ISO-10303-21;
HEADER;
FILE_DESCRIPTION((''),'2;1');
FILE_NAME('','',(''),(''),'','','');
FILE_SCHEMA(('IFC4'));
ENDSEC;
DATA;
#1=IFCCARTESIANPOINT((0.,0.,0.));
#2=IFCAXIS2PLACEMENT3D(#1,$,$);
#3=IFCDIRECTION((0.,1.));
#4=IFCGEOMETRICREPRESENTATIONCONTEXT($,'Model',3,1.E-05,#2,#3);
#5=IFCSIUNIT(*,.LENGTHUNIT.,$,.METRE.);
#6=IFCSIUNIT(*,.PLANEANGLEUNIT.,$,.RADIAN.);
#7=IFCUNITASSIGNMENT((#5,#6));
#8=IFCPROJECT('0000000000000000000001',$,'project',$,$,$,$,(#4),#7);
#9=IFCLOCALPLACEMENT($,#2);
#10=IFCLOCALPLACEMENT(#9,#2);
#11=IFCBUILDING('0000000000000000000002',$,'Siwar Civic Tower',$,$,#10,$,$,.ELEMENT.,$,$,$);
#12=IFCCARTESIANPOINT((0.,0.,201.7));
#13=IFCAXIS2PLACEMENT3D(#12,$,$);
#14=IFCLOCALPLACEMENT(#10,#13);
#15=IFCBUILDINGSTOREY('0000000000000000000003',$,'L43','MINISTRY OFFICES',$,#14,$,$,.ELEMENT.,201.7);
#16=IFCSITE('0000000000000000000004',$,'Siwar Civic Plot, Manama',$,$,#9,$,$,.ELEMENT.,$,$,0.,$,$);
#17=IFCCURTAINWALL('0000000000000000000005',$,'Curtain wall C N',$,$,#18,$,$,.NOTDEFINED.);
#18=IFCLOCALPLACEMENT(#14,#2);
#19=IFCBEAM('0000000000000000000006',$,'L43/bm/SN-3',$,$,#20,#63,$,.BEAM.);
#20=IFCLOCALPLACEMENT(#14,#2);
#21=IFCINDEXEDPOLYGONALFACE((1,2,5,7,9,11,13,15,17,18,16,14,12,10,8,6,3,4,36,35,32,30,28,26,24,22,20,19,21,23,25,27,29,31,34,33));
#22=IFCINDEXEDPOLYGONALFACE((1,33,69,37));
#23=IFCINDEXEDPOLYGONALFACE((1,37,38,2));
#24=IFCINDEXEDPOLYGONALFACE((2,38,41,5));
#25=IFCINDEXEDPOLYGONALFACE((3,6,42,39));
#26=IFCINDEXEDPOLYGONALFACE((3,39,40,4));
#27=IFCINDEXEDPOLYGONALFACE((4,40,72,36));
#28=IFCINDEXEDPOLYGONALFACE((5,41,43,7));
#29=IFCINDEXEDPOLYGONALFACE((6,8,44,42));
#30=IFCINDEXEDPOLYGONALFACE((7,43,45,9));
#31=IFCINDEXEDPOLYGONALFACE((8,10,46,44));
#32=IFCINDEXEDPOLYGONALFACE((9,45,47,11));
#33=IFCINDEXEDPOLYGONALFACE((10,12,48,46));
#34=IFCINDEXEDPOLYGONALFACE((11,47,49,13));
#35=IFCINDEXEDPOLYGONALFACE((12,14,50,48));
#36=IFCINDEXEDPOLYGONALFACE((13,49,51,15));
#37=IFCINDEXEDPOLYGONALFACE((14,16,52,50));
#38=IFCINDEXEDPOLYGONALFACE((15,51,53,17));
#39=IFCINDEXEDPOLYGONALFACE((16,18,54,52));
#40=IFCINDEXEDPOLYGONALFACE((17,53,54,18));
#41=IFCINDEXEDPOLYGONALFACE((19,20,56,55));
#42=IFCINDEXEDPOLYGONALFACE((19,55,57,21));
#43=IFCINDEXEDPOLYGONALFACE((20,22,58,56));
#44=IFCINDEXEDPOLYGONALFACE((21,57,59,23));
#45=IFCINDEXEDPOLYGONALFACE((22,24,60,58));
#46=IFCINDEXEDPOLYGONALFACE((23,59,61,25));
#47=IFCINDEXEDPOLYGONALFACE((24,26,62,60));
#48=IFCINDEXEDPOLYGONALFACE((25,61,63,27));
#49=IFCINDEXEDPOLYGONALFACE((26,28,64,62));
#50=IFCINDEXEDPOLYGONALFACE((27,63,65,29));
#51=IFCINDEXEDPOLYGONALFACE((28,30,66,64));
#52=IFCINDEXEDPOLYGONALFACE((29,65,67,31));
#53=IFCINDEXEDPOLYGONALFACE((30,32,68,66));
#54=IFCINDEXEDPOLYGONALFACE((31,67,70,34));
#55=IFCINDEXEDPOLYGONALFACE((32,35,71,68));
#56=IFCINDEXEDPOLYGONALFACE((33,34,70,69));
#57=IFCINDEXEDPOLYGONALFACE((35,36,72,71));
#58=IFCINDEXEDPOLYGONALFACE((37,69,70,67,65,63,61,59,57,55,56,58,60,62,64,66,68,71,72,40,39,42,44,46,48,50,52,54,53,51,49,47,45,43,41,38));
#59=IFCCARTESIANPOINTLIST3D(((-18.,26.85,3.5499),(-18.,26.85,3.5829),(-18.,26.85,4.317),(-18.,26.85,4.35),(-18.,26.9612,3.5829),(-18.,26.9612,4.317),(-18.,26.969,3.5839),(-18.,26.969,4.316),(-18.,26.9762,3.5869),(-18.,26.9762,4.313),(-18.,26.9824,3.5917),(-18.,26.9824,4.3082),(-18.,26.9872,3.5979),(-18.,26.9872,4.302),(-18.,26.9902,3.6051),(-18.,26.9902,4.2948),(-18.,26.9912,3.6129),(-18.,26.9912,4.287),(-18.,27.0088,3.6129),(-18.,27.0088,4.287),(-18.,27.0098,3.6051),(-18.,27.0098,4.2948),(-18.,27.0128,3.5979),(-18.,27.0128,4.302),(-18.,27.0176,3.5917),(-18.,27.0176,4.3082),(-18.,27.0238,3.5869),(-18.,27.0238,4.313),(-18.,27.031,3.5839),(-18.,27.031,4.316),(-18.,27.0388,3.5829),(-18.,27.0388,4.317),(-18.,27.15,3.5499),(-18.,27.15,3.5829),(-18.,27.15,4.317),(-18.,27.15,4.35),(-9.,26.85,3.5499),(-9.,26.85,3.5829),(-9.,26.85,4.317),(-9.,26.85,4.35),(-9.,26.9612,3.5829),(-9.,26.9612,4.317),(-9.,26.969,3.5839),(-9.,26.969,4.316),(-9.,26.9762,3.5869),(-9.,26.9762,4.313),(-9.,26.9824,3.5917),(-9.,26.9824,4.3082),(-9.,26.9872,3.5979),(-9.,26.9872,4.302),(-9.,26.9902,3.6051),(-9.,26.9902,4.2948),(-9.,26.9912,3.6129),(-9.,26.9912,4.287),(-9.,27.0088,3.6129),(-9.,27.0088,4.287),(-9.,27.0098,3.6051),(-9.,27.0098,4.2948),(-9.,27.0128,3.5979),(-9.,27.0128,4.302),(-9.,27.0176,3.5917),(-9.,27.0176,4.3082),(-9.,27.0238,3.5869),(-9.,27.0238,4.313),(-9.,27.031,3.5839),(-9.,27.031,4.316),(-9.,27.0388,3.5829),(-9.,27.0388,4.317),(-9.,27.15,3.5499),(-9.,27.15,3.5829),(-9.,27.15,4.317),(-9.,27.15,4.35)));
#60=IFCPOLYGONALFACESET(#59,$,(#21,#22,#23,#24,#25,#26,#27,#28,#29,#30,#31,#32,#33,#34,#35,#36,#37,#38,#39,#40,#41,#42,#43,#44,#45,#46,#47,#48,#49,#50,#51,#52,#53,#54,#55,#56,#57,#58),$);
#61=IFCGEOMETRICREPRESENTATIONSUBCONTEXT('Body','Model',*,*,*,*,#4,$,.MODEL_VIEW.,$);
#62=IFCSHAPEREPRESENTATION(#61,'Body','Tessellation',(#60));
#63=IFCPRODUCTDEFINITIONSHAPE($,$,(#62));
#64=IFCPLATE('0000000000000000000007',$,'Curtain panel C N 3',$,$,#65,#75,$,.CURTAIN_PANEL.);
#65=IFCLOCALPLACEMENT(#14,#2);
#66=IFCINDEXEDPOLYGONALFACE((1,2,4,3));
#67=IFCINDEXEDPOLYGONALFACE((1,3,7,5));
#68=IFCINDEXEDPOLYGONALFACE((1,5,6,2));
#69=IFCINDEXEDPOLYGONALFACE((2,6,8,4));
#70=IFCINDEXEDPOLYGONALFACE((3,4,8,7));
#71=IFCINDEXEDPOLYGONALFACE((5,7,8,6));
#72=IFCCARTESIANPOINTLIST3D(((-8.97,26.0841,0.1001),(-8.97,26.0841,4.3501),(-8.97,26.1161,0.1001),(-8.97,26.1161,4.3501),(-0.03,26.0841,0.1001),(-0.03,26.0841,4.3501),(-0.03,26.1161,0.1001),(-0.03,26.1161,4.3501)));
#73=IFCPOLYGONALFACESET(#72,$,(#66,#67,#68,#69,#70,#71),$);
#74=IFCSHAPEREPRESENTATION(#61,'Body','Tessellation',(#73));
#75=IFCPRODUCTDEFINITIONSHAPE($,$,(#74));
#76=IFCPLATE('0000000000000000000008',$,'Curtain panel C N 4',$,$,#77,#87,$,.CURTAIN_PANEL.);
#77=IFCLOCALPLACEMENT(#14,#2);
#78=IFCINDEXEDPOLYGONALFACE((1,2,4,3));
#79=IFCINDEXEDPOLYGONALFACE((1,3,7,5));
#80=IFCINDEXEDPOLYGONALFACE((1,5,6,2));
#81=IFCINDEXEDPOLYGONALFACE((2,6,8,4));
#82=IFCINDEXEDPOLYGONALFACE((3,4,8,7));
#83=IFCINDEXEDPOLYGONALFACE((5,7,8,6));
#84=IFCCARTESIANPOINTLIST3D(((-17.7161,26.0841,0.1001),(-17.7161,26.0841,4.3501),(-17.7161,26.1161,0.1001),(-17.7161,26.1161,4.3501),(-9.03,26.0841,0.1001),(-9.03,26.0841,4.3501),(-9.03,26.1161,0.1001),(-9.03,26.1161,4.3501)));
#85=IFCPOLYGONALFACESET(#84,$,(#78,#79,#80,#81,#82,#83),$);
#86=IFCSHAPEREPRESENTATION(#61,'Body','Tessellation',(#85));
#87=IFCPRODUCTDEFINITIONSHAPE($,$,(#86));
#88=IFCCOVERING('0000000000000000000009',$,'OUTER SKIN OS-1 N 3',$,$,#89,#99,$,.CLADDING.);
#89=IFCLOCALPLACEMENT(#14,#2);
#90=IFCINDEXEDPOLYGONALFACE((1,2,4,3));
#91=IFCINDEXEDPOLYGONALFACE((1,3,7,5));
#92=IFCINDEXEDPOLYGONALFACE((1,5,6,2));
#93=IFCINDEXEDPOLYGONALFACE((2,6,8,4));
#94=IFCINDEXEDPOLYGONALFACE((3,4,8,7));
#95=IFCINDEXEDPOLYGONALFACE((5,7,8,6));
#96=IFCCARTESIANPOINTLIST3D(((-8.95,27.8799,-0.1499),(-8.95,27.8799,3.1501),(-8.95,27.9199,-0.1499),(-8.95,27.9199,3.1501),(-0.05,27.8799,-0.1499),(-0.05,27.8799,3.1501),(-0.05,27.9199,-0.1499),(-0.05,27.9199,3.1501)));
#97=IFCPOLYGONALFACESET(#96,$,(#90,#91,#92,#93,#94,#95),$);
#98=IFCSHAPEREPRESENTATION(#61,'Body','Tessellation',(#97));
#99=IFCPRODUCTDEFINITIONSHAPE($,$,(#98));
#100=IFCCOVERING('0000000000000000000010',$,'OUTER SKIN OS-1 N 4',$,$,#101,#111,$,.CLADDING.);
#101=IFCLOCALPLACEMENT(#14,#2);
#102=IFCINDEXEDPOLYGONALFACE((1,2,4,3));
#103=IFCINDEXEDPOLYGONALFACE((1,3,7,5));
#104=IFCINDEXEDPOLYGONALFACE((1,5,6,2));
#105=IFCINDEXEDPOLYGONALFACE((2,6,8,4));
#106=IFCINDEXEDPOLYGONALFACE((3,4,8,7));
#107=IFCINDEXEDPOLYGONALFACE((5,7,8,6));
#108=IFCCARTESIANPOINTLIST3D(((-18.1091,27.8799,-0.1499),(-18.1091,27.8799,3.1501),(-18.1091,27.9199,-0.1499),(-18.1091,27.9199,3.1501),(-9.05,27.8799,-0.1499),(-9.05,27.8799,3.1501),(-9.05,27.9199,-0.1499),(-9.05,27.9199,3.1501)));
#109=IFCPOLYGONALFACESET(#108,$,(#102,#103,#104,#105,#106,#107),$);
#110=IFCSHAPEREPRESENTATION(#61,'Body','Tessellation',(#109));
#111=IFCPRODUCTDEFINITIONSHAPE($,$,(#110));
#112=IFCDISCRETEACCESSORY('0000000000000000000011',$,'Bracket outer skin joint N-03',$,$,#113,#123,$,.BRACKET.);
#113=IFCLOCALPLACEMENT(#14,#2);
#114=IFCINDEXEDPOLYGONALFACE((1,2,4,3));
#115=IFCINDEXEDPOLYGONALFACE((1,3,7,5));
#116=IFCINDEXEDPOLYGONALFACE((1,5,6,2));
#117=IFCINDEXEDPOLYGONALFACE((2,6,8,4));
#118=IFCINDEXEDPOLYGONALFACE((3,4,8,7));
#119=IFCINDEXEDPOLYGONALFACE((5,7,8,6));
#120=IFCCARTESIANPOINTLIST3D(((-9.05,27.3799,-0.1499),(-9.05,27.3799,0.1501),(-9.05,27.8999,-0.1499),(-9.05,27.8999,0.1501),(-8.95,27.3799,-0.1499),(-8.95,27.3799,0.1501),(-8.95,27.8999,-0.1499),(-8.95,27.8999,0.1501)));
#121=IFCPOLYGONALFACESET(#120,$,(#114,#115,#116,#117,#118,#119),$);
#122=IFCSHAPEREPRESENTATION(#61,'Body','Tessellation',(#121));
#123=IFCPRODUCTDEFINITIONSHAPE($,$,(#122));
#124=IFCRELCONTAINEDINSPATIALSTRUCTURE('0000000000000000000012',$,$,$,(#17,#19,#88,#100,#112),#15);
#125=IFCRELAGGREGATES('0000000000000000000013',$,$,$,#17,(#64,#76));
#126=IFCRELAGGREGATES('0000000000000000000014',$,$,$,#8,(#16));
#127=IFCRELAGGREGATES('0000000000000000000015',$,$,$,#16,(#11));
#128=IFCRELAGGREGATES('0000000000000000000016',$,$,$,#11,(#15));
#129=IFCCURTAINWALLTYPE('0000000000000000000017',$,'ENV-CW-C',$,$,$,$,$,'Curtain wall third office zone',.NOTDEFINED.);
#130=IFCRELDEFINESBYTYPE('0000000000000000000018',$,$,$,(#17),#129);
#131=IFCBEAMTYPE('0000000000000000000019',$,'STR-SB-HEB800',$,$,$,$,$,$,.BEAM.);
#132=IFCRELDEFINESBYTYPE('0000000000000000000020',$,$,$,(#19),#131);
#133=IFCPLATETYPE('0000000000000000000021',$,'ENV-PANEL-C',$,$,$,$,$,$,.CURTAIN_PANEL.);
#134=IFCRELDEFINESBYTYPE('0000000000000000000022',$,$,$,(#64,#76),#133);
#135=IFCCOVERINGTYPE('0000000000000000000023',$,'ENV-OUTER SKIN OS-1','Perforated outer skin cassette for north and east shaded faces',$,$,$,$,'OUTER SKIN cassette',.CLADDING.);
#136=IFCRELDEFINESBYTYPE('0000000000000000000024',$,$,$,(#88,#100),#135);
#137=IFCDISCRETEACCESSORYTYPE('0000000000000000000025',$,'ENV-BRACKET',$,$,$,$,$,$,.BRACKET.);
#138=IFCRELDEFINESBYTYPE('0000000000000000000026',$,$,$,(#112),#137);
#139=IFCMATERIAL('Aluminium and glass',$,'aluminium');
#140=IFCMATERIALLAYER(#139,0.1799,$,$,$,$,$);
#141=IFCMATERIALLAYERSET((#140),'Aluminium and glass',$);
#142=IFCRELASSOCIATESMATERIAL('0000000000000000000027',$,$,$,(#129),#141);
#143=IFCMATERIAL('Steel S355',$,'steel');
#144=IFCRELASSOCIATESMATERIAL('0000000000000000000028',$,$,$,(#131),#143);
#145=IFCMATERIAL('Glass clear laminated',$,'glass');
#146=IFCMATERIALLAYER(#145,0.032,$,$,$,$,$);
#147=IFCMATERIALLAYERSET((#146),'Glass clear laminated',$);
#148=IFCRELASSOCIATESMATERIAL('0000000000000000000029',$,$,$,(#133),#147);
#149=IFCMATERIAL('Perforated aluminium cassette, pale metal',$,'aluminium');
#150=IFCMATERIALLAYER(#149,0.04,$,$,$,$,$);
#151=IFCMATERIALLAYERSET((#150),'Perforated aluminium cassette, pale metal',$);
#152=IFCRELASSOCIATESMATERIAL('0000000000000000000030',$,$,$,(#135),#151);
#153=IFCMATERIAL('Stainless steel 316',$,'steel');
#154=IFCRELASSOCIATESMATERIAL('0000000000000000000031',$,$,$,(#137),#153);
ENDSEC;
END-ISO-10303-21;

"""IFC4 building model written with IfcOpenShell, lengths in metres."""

from ifc_helpers import new_model, si_unit, direction, frame, origin, origin_2d, place, context, subcontext, project, spatial, rectangle, i_section, extrude, material, layer, layer_set, material_profile, profile_set, type_object, element, aggregate, save


model = new_model("IFC4")

# Units and contexts
model_context = context("Model", 3, precision=1e-05, world=origin(), true_north=direction((0.0, 1.0)))
body_context = subcontext(model_context, "Body", "Model", "MODEL_VIEW")
ifc_project = project(units=[si_unit("LENGTHUNIT", "METRE"), si_unit("PLANEANGLEUNIT", "RADIAN")], contexts=[model_context])

# Site, building, storey
site_placement = place(None, origin())
site = spatial("IfcSite", under=ifc_project, at=site_placement, Name="Siwar Civic Plot, Manama", CompositionType="ELEMENT", RefElevation=0.0)
building_placement = place(site_placement, origin())
building = spatial("IfcBuilding", under=site, at=building_placement, Name="Siwar Civic Tower", CompositionType="ELEMENT")
storey_placement = place(building_placement, frame((0.0, 0.0, 201.7)))
storey = spatial("IfcBuildingStorey", under=building, at=storey_placement, Name="L43", Description="MINISTRY OFFICES", CompositionType="ELEMENT", Elevation=201.7)

# Curtain wall
ifc_material_1 = material(Name="Aluminium and glass", Category="aluminium")
ifc_layer_1 = layer(ifc_material_1, 0.1799)
ifc_layer_set_1 = layer_set([ifc_layer_1], Name="Aluminium and glass")
curtain_wall_type = type_object("IfcCurtainWallType", Name="ENV-CW-C", ElementType="Curtain wall third office zone", PredefinedType="NOTDEFINED", material=ifc_layer_set_1)
curtain_wall_placement = place(storey_placement, origin())
curtain_wall = element("IfcCurtainWall", 1, at=curtain_wall_placement, inside=storey, type_object=curtain_wall_type, Name="Curtain wall C N", PredefinedType="NOTDEFINED")

# Beam
ifc_material_2 = material(Name="Steel S355", Category="steel")
ifc_material_profile_1 = material_profile(ifc_material_2, i_section(OverallWidth=0.3, OverallDepth=0.8, WebThickness=0.0176, FlangeThickness=0.033, FilletRadius=0.03, at=origin_2d()), Name="HEB800")
ifc_profile_set_1 = profile_set([ifc_material_profile_1], Name="Steel S355")
beam_type_1 = type_object("IfcBeamType", Name="STR-SB-HEB800", PredefinedType="BEAM", material=ifc_profile_set_1)
for number, where, z_axis, x_axis, name in (
    (2, (-9.0, 27.0, 3.95), (-1.0, 0.0, 0.0), (0.0, -1.0, 0.0), "L43/bm/SN-3"),
):
    element("IfcBeam", number, at=place(storey_placement, frame(where, z_axis=z_axis, x_axis=x_axis)), inside=storey, type_object=beam_type_1, Name=name, PredefinedType="BEAM", context=body_context, shape_type="SweptSolid", body=[
        extrude(i_section(OverallWidth=0.3, OverallDepth=0.8, WebThickness=0.0176, FlangeThickness=0.033, FilletRadius=0.03, at=origin_2d()), origin(), (0.0, 0.0, 1.0), 9.0),
    ])

# Plates
ifc_material_3 = material(Name="Glass clear laminated", Category="glass")
ifc_layer_2 = layer(ifc_material_3, 0.032)
ifc_layer_set_2 = layer_set([ifc_layer_2], Name="Glass clear laminated")
plate_type = type_object("IfcPlateType", Name="ENV-PANEL-C", PredefinedType="CURTAIN_PANEL", material=ifc_layer_set_2)
plate_1_placement = place(storey_placement, frame((-4.5, 26.1001, 0.1001), z_axis=(0.0, 0.0, 1.0), x_axis=(-1.0, 0.0, 0.0)))
plate_1 = element("IfcPlate", 3, at=plate_1_placement, type_object=plate_type, Name="Curtain panel C N 3", PredefinedType="CURTAIN_PANEL", context=body_context, shape_type="SweptSolid", body=[
    extrude(rectangle(XDim=8.9399, YDim=0.032, at=origin_2d()), origin(), (0.0, 0.0, 1.0), 4.25),
])
plate_2_placement = place(storey_placement, frame((-13.373, 26.1001, 0.1001), z_axis=(0.0, 0.0, 1.0), x_axis=(-1.0, 0.0, 0.0)))
plate_2 = element("IfcPlate", 4, at=plate_2_placement, type_object=plate_type, Name="Curtain panel C N 4", PredefinedType="CURTAIN_PANEL", context=body_context, shape_type="SweptSolid", body=[
    extrude(rectangle(XDim=8.686, YDim=0.032, at=origin_2d()), origin(), (0.0, 0.0, 1.0), 4.25),
])
aggregate(curtain_wall, [plate_1, plate_2])

# Coverings
ifc_material_4 = material(Name="Perforated aluminium cassette, pale metal", Category="aluminium")
ifc_layer_3 = layer(ifc_material_4, 0.04)
ifc_layer_set_3 = layer_set([ifc_layer_3], Name="Perforated aluminium cassette, pale metal")
covering_type = type_object("IfcCoveringType", Name="ENV-OUTER SKIN OS-1", Description="Perforated outer skin cassette for north and east shaded faces", ElementType="OUTER SKIN cassette", PredefinedType="CLADDING", material=ifc_layer_set_3)
covering_1_placement = place(storey_placement, frame((-4.5, 27.8999, -0.1499), z_axis=(0.0, 0.0, 1.0), x_axis=(-1.0, 0.0, 0.0)))
element("IfcCovering", 5, at=covering_1_placement, inside=storey, type_object=covering_type, Name="OUTER SKIN OS-1 N 3", PredefinedType="CLADDING", context=body_context, shape_type="SweptSolid", body=[
    extrude(rectangle(XDim=8.8999, YDim=0.04, at=origin_2d()), origin(), (0.0, 0.0, 1.0), 3.3),
])
covering_2_placement = place(storey_placement, frame((-13.5796, 27.8999, -0.1499), z_axis=(0.0, 0.0, 1.0), x_axis=(-1.0, 0.0, 0.0)))
element("IfcCovering", 6, at=covering_2_placement, inside=storey, type_object=covering_type, Name="OUTER SKIN OS-1 N 4", PredefinedType="CLADDING", context=body_context, shape_type="SweptSolid", body=[
    extrude(rectangle(XDim=9.0591, YDim=0.04, at=origin_2d()), origin(), (0.0, 0.0, 1.0), 3.3),
])

# Discrete accessory
ifc_material_5 = material(Name="Stainless steel 316", Category="steel")
discrete_accessory_type = type_object("IfcDiscreteAccessoryType", Name="ENV-BRACKET", PredefinedType="BRACKET", material=ifc_material_5)
discrete_accessory_placement = place(storey_placement, frame((-9.0, 27.6399, -0.1499), z_axis=(0.0, 0.0, 1.0), x_axis=(0.0, 1.0, 0.0)))
element("IfcDiscreteAccessory", 7, at=discrete_accessory_placement, inside=storey, type_object=discrete_accessory_type, Name="Bracket outer skin joint N-03", PredefinedType="BRACKET", context=body_context, shape_type="SweptSolid", body=[
    extrude(rectangle(XDim=0.52, YDim=0.1001, at=origin_2d()), origin(), (0.0, 0.0, 1.0), 0.3),
])

save(model, "model.ifc")
